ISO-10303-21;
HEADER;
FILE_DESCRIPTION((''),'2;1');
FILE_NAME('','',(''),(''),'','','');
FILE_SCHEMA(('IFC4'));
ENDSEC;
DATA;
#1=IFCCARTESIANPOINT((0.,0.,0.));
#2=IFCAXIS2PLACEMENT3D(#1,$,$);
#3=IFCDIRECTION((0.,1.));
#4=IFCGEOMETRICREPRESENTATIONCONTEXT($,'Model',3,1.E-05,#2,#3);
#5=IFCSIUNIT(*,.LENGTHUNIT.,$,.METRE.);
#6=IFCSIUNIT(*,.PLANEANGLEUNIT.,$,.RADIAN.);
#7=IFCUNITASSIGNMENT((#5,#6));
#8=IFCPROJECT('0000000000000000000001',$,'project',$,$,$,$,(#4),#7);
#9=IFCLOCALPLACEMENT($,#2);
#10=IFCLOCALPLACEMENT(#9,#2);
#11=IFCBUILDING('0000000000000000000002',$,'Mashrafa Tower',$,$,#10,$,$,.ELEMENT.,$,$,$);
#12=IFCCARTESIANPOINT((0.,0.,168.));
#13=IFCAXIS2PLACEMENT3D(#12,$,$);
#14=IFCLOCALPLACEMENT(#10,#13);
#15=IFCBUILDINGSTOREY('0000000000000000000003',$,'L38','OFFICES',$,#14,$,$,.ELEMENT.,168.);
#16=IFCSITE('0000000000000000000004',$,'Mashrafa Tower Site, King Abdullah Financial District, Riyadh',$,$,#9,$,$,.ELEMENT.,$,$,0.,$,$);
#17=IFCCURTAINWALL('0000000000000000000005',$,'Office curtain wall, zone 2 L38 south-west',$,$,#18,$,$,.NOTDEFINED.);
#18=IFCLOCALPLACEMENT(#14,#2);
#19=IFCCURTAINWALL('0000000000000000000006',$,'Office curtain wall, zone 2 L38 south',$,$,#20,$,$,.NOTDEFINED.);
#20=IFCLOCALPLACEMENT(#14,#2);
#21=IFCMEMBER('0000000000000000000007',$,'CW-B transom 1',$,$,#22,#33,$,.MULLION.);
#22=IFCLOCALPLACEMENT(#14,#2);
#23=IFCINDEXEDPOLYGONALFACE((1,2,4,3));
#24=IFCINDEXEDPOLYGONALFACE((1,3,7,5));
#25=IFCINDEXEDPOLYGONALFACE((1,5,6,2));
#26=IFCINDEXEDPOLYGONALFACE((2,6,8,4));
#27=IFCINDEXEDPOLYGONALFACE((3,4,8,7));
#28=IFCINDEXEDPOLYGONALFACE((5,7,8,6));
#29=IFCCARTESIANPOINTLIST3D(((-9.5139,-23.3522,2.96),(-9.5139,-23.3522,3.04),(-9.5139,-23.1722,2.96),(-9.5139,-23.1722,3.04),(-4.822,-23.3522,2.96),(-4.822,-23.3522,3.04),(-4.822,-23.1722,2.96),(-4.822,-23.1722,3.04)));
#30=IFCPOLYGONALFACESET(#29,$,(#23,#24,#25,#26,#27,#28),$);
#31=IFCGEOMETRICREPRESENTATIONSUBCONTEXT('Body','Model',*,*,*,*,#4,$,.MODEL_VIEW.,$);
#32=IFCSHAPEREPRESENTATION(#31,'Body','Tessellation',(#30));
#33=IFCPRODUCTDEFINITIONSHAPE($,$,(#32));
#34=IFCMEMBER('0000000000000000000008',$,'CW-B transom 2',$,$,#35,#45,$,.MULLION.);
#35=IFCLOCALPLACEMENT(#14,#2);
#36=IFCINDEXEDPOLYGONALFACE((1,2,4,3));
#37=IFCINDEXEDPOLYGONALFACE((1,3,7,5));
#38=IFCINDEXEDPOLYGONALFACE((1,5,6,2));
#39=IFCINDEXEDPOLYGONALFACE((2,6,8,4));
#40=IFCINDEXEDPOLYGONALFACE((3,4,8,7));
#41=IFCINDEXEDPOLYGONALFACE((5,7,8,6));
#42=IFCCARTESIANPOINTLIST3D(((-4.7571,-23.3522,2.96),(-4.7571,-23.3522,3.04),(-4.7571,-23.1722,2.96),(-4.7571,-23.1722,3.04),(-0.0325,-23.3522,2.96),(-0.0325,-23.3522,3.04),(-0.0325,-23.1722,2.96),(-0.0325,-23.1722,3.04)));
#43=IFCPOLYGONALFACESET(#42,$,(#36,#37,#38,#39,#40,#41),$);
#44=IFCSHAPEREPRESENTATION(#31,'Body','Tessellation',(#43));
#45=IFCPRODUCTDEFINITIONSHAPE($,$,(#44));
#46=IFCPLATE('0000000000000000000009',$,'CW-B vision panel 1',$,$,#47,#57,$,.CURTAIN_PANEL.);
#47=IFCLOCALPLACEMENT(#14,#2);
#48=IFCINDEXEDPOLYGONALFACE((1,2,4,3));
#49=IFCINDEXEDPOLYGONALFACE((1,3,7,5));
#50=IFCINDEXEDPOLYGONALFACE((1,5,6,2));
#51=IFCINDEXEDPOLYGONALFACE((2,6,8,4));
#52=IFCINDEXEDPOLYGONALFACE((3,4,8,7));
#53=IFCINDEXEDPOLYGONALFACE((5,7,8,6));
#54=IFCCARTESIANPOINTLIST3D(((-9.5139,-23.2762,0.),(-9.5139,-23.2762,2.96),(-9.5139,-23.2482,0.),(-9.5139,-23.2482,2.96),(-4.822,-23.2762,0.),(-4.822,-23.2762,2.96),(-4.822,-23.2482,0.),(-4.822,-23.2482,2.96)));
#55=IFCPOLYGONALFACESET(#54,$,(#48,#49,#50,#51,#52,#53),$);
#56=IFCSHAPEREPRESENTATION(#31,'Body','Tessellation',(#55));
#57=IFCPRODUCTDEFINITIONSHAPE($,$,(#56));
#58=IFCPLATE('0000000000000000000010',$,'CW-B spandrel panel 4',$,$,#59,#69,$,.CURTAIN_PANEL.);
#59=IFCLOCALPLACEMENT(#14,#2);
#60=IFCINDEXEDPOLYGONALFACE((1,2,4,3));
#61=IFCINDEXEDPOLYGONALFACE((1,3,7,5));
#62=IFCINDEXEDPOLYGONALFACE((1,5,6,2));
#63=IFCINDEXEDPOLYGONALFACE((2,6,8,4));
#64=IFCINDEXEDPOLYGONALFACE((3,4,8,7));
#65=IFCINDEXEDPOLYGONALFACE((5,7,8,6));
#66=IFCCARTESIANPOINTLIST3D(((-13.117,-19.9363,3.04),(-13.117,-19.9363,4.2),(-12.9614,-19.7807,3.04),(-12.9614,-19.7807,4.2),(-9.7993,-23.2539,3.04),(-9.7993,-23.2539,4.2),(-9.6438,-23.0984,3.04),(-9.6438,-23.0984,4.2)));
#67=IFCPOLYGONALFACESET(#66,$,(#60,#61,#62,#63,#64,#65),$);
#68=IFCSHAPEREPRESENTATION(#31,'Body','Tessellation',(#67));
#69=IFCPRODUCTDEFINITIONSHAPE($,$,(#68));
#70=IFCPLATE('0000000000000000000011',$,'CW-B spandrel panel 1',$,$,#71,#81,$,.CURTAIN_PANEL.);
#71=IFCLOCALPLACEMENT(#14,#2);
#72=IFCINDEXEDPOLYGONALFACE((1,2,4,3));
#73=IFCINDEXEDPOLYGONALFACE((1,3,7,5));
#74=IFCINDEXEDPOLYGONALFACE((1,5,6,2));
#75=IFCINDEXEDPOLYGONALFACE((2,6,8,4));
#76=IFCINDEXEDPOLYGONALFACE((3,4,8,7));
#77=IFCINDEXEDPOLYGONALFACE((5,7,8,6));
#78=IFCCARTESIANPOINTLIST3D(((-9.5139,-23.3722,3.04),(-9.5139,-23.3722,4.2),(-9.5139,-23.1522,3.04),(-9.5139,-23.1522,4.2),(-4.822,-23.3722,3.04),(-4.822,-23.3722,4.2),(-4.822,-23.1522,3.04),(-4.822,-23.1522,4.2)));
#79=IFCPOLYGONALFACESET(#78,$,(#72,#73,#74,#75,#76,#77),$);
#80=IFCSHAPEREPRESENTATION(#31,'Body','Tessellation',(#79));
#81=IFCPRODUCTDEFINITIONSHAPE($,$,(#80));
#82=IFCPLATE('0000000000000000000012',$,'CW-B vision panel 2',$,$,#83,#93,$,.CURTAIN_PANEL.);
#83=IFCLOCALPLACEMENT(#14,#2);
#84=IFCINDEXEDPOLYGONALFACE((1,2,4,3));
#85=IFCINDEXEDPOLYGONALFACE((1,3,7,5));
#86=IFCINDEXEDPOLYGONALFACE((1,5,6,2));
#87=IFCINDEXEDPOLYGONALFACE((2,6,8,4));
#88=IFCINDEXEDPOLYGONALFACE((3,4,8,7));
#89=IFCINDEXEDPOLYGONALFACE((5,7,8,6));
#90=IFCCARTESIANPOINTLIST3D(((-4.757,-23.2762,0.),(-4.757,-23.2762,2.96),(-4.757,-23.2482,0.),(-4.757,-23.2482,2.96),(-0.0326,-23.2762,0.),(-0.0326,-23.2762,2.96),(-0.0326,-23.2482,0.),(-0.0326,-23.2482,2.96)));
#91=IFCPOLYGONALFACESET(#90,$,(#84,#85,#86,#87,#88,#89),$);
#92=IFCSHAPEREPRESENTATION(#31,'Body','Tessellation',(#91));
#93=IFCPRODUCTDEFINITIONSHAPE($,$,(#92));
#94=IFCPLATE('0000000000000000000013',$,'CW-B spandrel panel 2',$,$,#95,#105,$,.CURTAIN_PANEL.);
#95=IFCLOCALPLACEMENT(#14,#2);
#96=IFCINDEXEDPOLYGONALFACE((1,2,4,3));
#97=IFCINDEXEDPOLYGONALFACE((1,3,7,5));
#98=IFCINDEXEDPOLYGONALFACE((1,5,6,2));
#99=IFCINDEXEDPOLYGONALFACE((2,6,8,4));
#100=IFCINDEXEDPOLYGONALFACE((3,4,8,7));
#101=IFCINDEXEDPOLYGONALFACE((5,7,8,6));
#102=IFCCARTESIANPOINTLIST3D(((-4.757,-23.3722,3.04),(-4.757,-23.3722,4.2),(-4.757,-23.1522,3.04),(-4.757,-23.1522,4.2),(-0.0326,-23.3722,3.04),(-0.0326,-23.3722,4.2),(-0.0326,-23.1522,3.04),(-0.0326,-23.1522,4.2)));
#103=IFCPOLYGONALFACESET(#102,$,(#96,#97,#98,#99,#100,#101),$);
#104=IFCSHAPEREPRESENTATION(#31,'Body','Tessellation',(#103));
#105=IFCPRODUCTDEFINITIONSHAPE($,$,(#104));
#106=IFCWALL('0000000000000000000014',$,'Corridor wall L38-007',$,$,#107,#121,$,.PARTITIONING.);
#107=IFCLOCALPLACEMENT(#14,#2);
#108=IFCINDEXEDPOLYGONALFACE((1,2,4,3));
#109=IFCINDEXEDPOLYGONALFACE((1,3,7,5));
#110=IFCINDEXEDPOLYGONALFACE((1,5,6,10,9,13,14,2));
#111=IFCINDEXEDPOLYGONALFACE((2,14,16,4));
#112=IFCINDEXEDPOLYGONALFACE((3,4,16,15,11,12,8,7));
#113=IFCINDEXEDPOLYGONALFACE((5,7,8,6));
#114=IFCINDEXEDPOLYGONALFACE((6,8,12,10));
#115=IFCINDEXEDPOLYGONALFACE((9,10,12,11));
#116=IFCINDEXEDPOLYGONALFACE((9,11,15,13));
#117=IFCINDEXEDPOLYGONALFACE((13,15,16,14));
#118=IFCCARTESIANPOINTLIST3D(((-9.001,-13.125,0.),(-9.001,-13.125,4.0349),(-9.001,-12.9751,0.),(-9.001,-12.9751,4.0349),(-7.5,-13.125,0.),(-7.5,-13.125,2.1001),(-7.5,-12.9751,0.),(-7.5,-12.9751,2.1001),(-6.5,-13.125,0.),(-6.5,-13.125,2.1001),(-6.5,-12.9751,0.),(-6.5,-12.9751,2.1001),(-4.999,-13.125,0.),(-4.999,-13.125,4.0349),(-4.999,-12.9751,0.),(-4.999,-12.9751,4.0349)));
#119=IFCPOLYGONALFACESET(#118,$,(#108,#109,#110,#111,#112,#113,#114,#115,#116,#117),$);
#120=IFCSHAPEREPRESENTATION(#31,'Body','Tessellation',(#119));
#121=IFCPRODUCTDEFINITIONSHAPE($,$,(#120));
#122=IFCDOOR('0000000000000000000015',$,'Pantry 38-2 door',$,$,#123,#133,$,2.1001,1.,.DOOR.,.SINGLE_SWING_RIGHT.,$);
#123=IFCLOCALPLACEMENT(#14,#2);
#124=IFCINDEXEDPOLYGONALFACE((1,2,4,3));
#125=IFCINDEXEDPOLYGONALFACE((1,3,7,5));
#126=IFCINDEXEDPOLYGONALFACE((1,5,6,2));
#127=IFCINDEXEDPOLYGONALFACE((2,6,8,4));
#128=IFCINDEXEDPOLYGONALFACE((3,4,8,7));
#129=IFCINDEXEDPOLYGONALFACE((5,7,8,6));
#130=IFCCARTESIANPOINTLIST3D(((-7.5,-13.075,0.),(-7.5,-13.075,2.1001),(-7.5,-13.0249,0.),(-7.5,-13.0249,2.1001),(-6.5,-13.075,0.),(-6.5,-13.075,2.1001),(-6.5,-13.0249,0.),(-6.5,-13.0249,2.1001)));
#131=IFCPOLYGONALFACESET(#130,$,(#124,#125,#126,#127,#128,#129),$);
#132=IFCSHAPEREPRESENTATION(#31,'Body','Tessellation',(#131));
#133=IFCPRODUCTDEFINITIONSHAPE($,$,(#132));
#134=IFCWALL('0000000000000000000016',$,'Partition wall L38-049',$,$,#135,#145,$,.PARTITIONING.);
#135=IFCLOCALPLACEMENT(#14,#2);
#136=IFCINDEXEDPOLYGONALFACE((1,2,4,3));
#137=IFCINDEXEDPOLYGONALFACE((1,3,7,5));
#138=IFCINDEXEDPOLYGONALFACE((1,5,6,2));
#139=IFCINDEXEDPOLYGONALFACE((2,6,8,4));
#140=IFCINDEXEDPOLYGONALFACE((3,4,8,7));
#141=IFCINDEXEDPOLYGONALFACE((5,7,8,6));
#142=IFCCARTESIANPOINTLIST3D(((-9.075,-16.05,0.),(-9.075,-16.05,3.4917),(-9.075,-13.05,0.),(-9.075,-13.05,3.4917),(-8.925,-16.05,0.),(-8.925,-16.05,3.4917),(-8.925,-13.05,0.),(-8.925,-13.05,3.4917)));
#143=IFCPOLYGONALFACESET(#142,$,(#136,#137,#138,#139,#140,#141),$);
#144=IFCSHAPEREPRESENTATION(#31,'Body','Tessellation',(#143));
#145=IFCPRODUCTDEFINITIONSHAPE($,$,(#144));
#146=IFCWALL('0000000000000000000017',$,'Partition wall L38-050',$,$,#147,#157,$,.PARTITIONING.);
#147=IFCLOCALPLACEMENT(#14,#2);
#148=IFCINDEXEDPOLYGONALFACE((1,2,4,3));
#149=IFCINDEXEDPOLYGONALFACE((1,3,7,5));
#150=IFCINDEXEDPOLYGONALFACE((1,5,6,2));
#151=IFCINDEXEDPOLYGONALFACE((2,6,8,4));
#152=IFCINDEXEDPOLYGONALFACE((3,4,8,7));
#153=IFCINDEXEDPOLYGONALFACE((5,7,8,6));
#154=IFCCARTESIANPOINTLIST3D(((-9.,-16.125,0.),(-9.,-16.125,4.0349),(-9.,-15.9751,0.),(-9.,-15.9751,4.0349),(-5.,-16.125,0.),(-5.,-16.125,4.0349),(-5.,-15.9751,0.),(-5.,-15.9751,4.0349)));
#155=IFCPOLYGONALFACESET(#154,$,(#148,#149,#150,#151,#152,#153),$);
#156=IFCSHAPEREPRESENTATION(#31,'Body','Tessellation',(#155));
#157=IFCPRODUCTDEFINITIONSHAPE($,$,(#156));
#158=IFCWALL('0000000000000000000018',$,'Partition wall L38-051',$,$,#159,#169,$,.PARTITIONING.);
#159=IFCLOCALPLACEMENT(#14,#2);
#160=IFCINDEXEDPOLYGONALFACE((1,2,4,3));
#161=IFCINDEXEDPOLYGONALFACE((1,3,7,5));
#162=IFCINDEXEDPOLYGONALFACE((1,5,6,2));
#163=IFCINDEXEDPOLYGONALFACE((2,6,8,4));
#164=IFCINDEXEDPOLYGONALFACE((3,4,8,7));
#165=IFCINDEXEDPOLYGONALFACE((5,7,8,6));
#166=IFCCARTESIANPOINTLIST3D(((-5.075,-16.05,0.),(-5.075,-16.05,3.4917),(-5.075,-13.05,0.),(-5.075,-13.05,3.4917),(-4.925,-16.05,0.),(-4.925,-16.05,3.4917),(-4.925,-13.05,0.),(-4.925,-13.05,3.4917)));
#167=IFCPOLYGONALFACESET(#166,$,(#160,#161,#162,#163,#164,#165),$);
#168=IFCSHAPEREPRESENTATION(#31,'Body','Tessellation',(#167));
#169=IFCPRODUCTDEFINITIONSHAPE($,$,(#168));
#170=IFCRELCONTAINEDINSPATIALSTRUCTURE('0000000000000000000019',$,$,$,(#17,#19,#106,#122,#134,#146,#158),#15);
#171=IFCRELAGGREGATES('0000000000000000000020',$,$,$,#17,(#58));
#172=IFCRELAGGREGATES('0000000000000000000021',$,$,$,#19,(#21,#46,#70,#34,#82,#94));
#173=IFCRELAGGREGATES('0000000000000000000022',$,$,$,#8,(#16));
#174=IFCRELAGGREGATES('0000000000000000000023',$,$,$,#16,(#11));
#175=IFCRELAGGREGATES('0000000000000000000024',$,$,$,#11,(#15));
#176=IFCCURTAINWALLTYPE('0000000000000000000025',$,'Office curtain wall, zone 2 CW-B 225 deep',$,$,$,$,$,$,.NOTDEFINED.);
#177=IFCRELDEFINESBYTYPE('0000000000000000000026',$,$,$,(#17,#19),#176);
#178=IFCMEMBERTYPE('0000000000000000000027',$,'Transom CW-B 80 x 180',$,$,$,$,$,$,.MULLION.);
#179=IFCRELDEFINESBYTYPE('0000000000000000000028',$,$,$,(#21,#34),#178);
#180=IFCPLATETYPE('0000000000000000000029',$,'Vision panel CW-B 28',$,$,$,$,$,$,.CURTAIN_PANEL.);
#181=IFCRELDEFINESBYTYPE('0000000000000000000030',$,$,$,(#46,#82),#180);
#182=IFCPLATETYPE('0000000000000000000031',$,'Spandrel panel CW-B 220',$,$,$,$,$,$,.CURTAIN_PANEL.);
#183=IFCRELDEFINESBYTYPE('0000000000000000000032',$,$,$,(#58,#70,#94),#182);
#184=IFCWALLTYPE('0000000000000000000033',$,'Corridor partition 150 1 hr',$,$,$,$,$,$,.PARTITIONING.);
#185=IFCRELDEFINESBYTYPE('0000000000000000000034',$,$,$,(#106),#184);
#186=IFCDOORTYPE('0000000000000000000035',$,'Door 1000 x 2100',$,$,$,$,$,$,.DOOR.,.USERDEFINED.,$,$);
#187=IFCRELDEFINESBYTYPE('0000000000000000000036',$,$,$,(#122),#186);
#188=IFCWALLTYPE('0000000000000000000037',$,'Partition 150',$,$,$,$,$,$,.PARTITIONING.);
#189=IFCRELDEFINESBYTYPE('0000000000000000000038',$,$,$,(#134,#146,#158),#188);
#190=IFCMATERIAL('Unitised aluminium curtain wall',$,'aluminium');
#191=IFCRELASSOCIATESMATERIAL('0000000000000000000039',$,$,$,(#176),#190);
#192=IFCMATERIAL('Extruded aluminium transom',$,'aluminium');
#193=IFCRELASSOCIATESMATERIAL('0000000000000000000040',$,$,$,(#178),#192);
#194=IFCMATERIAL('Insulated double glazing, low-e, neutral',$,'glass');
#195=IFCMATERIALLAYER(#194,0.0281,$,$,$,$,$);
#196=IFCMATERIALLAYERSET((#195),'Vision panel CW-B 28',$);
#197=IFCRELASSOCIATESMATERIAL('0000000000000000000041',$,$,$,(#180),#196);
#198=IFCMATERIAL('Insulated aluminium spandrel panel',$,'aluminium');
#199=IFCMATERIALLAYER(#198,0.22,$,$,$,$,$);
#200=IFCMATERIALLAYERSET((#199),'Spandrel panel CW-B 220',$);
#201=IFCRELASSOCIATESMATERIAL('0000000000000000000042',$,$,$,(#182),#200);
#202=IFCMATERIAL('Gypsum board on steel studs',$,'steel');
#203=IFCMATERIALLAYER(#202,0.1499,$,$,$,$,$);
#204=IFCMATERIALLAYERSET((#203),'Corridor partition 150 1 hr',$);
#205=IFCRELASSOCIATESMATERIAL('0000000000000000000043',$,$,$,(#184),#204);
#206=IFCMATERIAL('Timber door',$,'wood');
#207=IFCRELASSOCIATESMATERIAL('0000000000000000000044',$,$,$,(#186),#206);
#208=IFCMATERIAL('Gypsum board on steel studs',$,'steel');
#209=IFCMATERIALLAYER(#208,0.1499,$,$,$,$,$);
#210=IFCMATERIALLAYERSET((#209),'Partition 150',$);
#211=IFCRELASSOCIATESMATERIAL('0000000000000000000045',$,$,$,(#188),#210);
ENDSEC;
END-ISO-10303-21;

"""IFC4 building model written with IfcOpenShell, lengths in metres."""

from ifc_helpers import new_model, si_unit, direction, frame, frame_2d, origin, origin_2d, place, context, subcontext, project, spatial, rectangle, extrude, source, transform, mapped, material, layer, layer_set, material_profile, profile_set, type_object, type_shapes, element, fill, aggregate, save


model = new_model("IFC4")

# Units and contexts
model_context = context("Model", 3, precision=1e-05, world=origin(), true_north=direction((0.0, 1.0)))
body_context = subcontext(model_context, "Body", "Model", "MODEL_VIEW")
ifc_project = project(units=[si_unit("LENGTHUNIT", "METRE"), si_unit("PLANEANGLEUNIT", "RADIAN")], contexts=[model_context])

# Site, building, storey
site_placement = place(None, origin())
site = spatial("IfcSite", under=ifc_project, at=site_placement, Name="Mashrafa Tower Site, King Abdullah Financial District, Riyadh", CompositionType="ELEMENT", RefElevation=0.0)
building_placement = place(site_placement, origin())
building = spatial("IfcBuilding", under=site, at=building_placement, Name="Mashrafa Tower", CompositionType="ELEMENT")
storey_placement = place(building_placement, frame((0.0, 0.0, 168.0)))
storey = spatial("IfcBuildingStorey", under=building, at=storey_placement, Name="L38", Description="OFFICES", CompositionType="ELEMENT", Elevation=168.0)

# Curtain wall
ifc_material_1 = material(Name="Unitised aluminium curtain wall", Category="aluminium")
curtain_wall_type = type_object("IfcCurtainWallType", Name="Office curtain wall, zone 2 CW-B 225 deep", PredefinedType="NOTDEFINED", material=ifc_material_1)
curtain_wall_1_placement = place(storey_placement, origin())
curtain_wall_1 = element("IfcCurtainWall", 1, at=curtain_wall_1_placement, inside=storey, type_object=curtain_wall_type, Name="Office curtain wall, zone 2 L38 south-west", PredefinedType="NOTDEFINED")

# Curtain wall, members, plate
curtain_wall_2_placement = place(storey_placement, origin())
curtain_wall_2 = element("IfcCurtainWall", 2, at=curtain_wall_2_placement, inside=storey, type_object=curtain_wall_type, Name="Office curtain wall, zone 2 L38 south", PredefinedType="NOTDEFINED")
ifc_material_2 = material(Name="Extruded aluminium transom", Category="aluminium")
ifc_material_profile_1 = material_profile(ifc_material_2, rectangle(XDim=0.1799, YDim=0.0801, at=origin_2d()), Name="Transom 80x180")
ifc_profile_set_1 = profile_set([ifc_material_profile_1], Name="Extruded aluminium transom")
member_type_1 = type_object("IfcMemberType", Name="Transom CW-B 80 x 180", PredefinedType="MULLION", material=ifc_profile_set_1)
shared_shape_1 = source(origin(), body_context, "Body", "SweptSolid", [
    extrude(rectangle(XDim=0.1799, YDim=0.0801, at=origin_2d()), origin(), (0.0, 0.0, 1.0), 4.6919),
])
member_1_placement = place(storey_placement, frame((-9.5139, -23.2622, 3.0), z_axis=(1.0, 0.0, 0.0), x_axis=(0.0, 1.0, 0.0)))
member_1 = element("IfcMember", 3, at=member_1_placement, type_object=member_type_1, Name="CW-B transom 1", PredefinedType="MULLION", context=body_context, shape_type="MappedRepresentation", body=[
    mapped(shared_shape_1, transform((0.0, 0.0, 0.0))),
])
shared_shape_2 = source(origin(), body_context, "Body", "SweptSolid", [
    extrude(rectangle(XDim=0.1799, YDim=0.0801, at=origin_2d()), origin(), (0.0, 0.0, 1.0), 4.7246),
])
type_shapes(member_type_1, [shared_shape_1, shared_shape_2])
member_2_placement = place(storey_placement, frame((-4.7571, -23.2622, 3.0), z_axis=(1.0, 0.0, 0.0), x_axis=(0.0, 1.0, 0.0)))
member_2 = element("IfcMember", 4, at=member_2_placement, type_object=member_type_1, Name="CW-B transom 2", PredefinedType="MULLION", context=body_context, shape_type="MappedRepresentation", body=[
    mapped(shared_shape_2, transform((0.0, 0.0, 0.0))),
])
ifc_material_3 = material(Name="Insulated double glazing, low-e, neutral", Category="glass")
ifc_layer_1 = layer(ifc_material_3, 0.0281)
ifc_layer_set_1 = layer_set([ifc_layer_1], Name="Vision panel CW-B 28")
plate_type_1 = type_object("IfcPlateType", Name="Vision panel CW-B 28", PredefinedType="CURTAIN_PANEL", material=ifc_layer_set_1)
shared_shape_3 = source(origin(), body_context, "Body", "SweptSolid", [
    extrude(rectangle(XDim=4.6919, YDim=0.0281, at=origin_2d()), origin(), (0.0, 0.0, 1.0), 2.96),
])
plate_1_placement = place(storey_placement, frame((-7.168, -23.2622, 0.0), z_axis=(0.0, 0.0, 1.0), x_axis=(1.0, 0.0, 0.0)))
plate_1 = element("IfcPlate", 5, at=plate_1_placement, type_object=plate_type_1, Name="CW-B vision panel 1", PredefinedType="CURTAIN_PANEL", context=body_context, shape_type="MappedRepresentation", body=[
    mapped(shared_shape_3, transform((0.0, 0.0, 0.0))),
])

# Plates
ifc_material_4 = material(Name="Insulated aluminium spandrel panel", Category="aluminium")
ifc_layer_2 = layer(ifc_material_4, 0.22)
ifc_layer_set_2 = layer_set([ifc_layer_2], Name="Spandrel panel CW-B 220")
plate_type_2 = type_object("IfcPlateType", Name="Spandrel panel CW-B 220", PredefinedType="CURTAIN_PANEL", material=ifc_layer_set_2)
shared_shape_4 = source(origin(), body_context, "Body", "SweptSolid", [
    extrude(rectangle(XDim=4.6919, YDim=0.22, at=origin_2d()), origin(), (0.0, 0.0, 1.0), 1.1599),
])
plate_2_placement = place(storey_placement, frame((-11.3804, -21.5173, 3.04), z_axis=(0.0, 0.0, 1.0), x_axis=(0.707107, -0.707107, 0.0)))
plate_2 = element("IfcPlate", 6, at=plate_2_placement, type_object=plate_type_2, Name="CW-B spandrel panel 4", PredefinedType="CURTAIN_PANEL", context=body_context, shape_type="MappedRepresentation", body=[
    mapped(shared_shape_4, transform((0.0, 0.0, 0.0))),
])
aggregate(curtain_wall_1, [plate_2])
plate_3_placement = place(storey_placement, frame((-7.168, -23.2622, 3.04), z_axis=(0.0, 0.0, 1.0), x_axis=(1.0, 0.0, 0.0)))
plate_3 = element("IfcPlate", 7, at=plate_3_placement, type_object=plate_type_2, Name="CW-B spandrel panel 1", PredefinedType="CURTAIN_PANEL", context=body_context, shape_type="MappedRepresentation", body=[
    mapped(shared_shape_4, transform((0.0, 0.0, 0.0))),
])
shared_shape_5 = source(origin(), body_context, "Body", "SweptSolid", [
    extrude(rectangle(XDim=4.7244, YDim=0.0281, at=origin_2d()), origin(), (0.0, 0.0, 1.0), 2.96),
])
type_shapes(plate_type_1, [shared_shape_3, shared_shape_5])
plate_4_placement = place(storey_placement, frame((-2.3948, -23.2622, 0.0), z_axis=(0.0, 0.0, 1.0), x_axis=(1.0, 0.0, 0.0)))
plate_4 = element("IfcPlate", 8, at=plate_4_placement, type_object=plate_type_1, Name="CW-B vision panel 2", PredefinedType="CURTAIN_PANEL", context=body_context, shape_type="MappedRepresentation", body=[
    mapped(shared_shape_5, transform((0.0, 0.0, 0.0))),
])
shared_shape_6 = source(origin(), body_context, "Body", "SweptSolid", [
    extrude(rectangle(XDim=4.7244, YDim=0.22, at=origin_2d()), origin(), (0.0, 0.0, 1.0), 1.1599),
])
type_shapes(plate_type_2, [shared_shape_4, shared_shape_6])
plate_5_placement = place(storey_placement, frame((-2.3948, -23.2622, 3.04), z_axis=(0.0, 0.0, 1.0), x_axis=(1.0, 0.0, 0.0)))
plate_5 = element("IfcPlate", 9, at=plate_5_placement, type_object=plate_type_2, Name="CW-B spandrel panel 2", PredefinedType="CURTAIN_PANEL", context=body_context, shape_type="MappedRepresentation", body=[
    mapped(shared_shape_6, transform((0.0, 0.0, 0.0))),
])
aggregate(curtain_wall_2, [member_1, plate_1, plate_3, member_2, plate_4, plate_5])

# Wall, opening, door
ifc_material_5 = material(Name="Gypsum board on steel studs", Category="steel")
ifc_layer_3 = layer(ifc_material_5, 0.1499)
ifc_layer_set_3 = layer_set([ifc_layer_3], Name="Corridor partition 150 1 hr")
wall_type_1 = type_object("IfcWallType", Name="Corridor partition 150 1 hr", PredefinedType="PARTITIONING", material=ifc_layer_set_3)
wall_1_placement = place(storey_placement, frame((-9.001, -13.05, 0.0), z_axis=(0.0, 0.0, 1.0), x_axis=(1.0, 0.0, 0.0)))
wall_1 = element("IfcWall", 10, at=wall_1_placement, inside=storey, type_object=wall_type_1, Name="Corridor wall L38-007", PredefinedType="PARTITIONING", context=body_context, shape_type="SweptSolid", body=[
    extrude(rectangle(XDim=4.002, YDim=0.1499, at=frame_2d((2.001, 0.0))), origin(), (0.0, 0.0, 1.0), 4.0349),
])
opening_1_placement = place(wall_1_placement, frame((1.501, 0.0, 0.0)))
opening_1 = element("IfcOpeningElement", 11, at=opening_1_placement, cuts=wall_1, PredefinedType="OPENING", context=body_context, shape_type="SweptSolid", body=[
    extrude(rectangle(XDim=1.0, YDim=2.1001, at=frame_2d((0.5, 1.05))), frame((0.0, 0.085, 0.0), z_axis=(0.0, -1.0, 0.0), x_axis=(1.0, 0.0, 0.0)), (0.0, 0.0, 1.0), 0.1699),
])
ifc_material_6 = material(Name="Timber door", Category="wood")
door_type = type_object("IfcDoorType", Name="Door 1000 x 2100", OperationType="USERDEFINED", PredefinedType="DOOR", material=ifc_material_6)
door_1_placement = place(opening_1_placement, frame((1.0, 0.0, 0.0), z_axis=(0.0, 0.0, 1.0), x_axis=(-1.0, 0.0, 0.0)))
door_1 = element("IfcDoor", 12, at=door_1_placement, inside=storey, type_object=door_type, Name="Pantry 38-2 door", OperationType="SINGLE_SWING_RIGHT", OverallHeight=2.1001, OverallWidth=1.0, PredefinedType="DOOR", context=body_context, shape_type="SweptSolid", body=[
    extrude(rectangle(XDim=1.0, YDim=2.1001, at=frame_2d((0.5, 1.05))), frame((0.0, 0.0249, 0.0), z_axis=(0.0, -1.0, 0.0), x_axis=(1.0, 0.0, 0.0)), (0.0, 0.0, 1.0), 0.05),
])
fill(opening_1, door_1)

# Walls
ifc_material_7 = material(Name="Gypsum board on steel studs", Category="steel")
ifc_layer_4 = layer(ifc_material_7, 0.1499)
ifc_layer_set_4 = layer_set([ifc_layer_4], Name="Partition 150")
wall_type_2 = type_object("IfcWallType", Name="Partition 150", PredefinedType="PARTITIONING", material=ifc_layer_set_4)
wall_2_placement = place(storey_placement, frame((-9.0, -13.05, 0.0), z_axis=(0.0, 0.0, 1.0), x_axis=(0.0, -1.0, 0.0)))
element("IfcWall", 13, at=wall_2_placement, inside=storey, type_object=wall_type_2, Name="Partition wall L38-049", PredefinedType="PARTITIONING", context=body_context, shape_type="SweptSolid", body=[
    extrude(rectangle(XDim=3.0, YDim=0.1499, at=frame_2d((1.5, 0.0))), origin(), (0.0, 0.0, 1.0), 3.4917),
])
wall_3_placement = place(storey_placement, frame((-9.0, -16.05, 0.0), z_axis=(0.0, 0.0, 1.0), x_axis=(1.0, 0.0, 0.0)))
element("IfcWall", 14, at=wall_3_placement, inside=storey, type_object=wall_type_2, Name="Partition wall L38-050", PredefinedType="PARTITIONING", context=body_context, shape_type="SweptSolid", body=[
    extrude(rectangle(XDim=4.0, YDim=0.1499, at=frame_2d((2.0, 0.0))), origin(), (0.0, 0.0, 1.0), 4.0349),
])
wall_4_placement = place(storey_placement, frame((-5.0, -16.05, 0.0), z_axis=(0.0, 0.0, 1.0), x_axis=(0.0, 1.0, 0.0)))
element("IfcWall", 15, at=wall_4_placement, inside=storey, type_object=wall_type_2, Name="Partition wall L38-051", PredefinedType="PARTITIONING", context=body_context, shape_type="SweptSolid", body=[
    extrude(rectangle(XDim=3.0, YDim=0.1499, at=frame_2d((1.5, 0.0))), origin(), (0.0, 0.0, 1.0), 3.4917),
])

save(model, "model.ifc")
